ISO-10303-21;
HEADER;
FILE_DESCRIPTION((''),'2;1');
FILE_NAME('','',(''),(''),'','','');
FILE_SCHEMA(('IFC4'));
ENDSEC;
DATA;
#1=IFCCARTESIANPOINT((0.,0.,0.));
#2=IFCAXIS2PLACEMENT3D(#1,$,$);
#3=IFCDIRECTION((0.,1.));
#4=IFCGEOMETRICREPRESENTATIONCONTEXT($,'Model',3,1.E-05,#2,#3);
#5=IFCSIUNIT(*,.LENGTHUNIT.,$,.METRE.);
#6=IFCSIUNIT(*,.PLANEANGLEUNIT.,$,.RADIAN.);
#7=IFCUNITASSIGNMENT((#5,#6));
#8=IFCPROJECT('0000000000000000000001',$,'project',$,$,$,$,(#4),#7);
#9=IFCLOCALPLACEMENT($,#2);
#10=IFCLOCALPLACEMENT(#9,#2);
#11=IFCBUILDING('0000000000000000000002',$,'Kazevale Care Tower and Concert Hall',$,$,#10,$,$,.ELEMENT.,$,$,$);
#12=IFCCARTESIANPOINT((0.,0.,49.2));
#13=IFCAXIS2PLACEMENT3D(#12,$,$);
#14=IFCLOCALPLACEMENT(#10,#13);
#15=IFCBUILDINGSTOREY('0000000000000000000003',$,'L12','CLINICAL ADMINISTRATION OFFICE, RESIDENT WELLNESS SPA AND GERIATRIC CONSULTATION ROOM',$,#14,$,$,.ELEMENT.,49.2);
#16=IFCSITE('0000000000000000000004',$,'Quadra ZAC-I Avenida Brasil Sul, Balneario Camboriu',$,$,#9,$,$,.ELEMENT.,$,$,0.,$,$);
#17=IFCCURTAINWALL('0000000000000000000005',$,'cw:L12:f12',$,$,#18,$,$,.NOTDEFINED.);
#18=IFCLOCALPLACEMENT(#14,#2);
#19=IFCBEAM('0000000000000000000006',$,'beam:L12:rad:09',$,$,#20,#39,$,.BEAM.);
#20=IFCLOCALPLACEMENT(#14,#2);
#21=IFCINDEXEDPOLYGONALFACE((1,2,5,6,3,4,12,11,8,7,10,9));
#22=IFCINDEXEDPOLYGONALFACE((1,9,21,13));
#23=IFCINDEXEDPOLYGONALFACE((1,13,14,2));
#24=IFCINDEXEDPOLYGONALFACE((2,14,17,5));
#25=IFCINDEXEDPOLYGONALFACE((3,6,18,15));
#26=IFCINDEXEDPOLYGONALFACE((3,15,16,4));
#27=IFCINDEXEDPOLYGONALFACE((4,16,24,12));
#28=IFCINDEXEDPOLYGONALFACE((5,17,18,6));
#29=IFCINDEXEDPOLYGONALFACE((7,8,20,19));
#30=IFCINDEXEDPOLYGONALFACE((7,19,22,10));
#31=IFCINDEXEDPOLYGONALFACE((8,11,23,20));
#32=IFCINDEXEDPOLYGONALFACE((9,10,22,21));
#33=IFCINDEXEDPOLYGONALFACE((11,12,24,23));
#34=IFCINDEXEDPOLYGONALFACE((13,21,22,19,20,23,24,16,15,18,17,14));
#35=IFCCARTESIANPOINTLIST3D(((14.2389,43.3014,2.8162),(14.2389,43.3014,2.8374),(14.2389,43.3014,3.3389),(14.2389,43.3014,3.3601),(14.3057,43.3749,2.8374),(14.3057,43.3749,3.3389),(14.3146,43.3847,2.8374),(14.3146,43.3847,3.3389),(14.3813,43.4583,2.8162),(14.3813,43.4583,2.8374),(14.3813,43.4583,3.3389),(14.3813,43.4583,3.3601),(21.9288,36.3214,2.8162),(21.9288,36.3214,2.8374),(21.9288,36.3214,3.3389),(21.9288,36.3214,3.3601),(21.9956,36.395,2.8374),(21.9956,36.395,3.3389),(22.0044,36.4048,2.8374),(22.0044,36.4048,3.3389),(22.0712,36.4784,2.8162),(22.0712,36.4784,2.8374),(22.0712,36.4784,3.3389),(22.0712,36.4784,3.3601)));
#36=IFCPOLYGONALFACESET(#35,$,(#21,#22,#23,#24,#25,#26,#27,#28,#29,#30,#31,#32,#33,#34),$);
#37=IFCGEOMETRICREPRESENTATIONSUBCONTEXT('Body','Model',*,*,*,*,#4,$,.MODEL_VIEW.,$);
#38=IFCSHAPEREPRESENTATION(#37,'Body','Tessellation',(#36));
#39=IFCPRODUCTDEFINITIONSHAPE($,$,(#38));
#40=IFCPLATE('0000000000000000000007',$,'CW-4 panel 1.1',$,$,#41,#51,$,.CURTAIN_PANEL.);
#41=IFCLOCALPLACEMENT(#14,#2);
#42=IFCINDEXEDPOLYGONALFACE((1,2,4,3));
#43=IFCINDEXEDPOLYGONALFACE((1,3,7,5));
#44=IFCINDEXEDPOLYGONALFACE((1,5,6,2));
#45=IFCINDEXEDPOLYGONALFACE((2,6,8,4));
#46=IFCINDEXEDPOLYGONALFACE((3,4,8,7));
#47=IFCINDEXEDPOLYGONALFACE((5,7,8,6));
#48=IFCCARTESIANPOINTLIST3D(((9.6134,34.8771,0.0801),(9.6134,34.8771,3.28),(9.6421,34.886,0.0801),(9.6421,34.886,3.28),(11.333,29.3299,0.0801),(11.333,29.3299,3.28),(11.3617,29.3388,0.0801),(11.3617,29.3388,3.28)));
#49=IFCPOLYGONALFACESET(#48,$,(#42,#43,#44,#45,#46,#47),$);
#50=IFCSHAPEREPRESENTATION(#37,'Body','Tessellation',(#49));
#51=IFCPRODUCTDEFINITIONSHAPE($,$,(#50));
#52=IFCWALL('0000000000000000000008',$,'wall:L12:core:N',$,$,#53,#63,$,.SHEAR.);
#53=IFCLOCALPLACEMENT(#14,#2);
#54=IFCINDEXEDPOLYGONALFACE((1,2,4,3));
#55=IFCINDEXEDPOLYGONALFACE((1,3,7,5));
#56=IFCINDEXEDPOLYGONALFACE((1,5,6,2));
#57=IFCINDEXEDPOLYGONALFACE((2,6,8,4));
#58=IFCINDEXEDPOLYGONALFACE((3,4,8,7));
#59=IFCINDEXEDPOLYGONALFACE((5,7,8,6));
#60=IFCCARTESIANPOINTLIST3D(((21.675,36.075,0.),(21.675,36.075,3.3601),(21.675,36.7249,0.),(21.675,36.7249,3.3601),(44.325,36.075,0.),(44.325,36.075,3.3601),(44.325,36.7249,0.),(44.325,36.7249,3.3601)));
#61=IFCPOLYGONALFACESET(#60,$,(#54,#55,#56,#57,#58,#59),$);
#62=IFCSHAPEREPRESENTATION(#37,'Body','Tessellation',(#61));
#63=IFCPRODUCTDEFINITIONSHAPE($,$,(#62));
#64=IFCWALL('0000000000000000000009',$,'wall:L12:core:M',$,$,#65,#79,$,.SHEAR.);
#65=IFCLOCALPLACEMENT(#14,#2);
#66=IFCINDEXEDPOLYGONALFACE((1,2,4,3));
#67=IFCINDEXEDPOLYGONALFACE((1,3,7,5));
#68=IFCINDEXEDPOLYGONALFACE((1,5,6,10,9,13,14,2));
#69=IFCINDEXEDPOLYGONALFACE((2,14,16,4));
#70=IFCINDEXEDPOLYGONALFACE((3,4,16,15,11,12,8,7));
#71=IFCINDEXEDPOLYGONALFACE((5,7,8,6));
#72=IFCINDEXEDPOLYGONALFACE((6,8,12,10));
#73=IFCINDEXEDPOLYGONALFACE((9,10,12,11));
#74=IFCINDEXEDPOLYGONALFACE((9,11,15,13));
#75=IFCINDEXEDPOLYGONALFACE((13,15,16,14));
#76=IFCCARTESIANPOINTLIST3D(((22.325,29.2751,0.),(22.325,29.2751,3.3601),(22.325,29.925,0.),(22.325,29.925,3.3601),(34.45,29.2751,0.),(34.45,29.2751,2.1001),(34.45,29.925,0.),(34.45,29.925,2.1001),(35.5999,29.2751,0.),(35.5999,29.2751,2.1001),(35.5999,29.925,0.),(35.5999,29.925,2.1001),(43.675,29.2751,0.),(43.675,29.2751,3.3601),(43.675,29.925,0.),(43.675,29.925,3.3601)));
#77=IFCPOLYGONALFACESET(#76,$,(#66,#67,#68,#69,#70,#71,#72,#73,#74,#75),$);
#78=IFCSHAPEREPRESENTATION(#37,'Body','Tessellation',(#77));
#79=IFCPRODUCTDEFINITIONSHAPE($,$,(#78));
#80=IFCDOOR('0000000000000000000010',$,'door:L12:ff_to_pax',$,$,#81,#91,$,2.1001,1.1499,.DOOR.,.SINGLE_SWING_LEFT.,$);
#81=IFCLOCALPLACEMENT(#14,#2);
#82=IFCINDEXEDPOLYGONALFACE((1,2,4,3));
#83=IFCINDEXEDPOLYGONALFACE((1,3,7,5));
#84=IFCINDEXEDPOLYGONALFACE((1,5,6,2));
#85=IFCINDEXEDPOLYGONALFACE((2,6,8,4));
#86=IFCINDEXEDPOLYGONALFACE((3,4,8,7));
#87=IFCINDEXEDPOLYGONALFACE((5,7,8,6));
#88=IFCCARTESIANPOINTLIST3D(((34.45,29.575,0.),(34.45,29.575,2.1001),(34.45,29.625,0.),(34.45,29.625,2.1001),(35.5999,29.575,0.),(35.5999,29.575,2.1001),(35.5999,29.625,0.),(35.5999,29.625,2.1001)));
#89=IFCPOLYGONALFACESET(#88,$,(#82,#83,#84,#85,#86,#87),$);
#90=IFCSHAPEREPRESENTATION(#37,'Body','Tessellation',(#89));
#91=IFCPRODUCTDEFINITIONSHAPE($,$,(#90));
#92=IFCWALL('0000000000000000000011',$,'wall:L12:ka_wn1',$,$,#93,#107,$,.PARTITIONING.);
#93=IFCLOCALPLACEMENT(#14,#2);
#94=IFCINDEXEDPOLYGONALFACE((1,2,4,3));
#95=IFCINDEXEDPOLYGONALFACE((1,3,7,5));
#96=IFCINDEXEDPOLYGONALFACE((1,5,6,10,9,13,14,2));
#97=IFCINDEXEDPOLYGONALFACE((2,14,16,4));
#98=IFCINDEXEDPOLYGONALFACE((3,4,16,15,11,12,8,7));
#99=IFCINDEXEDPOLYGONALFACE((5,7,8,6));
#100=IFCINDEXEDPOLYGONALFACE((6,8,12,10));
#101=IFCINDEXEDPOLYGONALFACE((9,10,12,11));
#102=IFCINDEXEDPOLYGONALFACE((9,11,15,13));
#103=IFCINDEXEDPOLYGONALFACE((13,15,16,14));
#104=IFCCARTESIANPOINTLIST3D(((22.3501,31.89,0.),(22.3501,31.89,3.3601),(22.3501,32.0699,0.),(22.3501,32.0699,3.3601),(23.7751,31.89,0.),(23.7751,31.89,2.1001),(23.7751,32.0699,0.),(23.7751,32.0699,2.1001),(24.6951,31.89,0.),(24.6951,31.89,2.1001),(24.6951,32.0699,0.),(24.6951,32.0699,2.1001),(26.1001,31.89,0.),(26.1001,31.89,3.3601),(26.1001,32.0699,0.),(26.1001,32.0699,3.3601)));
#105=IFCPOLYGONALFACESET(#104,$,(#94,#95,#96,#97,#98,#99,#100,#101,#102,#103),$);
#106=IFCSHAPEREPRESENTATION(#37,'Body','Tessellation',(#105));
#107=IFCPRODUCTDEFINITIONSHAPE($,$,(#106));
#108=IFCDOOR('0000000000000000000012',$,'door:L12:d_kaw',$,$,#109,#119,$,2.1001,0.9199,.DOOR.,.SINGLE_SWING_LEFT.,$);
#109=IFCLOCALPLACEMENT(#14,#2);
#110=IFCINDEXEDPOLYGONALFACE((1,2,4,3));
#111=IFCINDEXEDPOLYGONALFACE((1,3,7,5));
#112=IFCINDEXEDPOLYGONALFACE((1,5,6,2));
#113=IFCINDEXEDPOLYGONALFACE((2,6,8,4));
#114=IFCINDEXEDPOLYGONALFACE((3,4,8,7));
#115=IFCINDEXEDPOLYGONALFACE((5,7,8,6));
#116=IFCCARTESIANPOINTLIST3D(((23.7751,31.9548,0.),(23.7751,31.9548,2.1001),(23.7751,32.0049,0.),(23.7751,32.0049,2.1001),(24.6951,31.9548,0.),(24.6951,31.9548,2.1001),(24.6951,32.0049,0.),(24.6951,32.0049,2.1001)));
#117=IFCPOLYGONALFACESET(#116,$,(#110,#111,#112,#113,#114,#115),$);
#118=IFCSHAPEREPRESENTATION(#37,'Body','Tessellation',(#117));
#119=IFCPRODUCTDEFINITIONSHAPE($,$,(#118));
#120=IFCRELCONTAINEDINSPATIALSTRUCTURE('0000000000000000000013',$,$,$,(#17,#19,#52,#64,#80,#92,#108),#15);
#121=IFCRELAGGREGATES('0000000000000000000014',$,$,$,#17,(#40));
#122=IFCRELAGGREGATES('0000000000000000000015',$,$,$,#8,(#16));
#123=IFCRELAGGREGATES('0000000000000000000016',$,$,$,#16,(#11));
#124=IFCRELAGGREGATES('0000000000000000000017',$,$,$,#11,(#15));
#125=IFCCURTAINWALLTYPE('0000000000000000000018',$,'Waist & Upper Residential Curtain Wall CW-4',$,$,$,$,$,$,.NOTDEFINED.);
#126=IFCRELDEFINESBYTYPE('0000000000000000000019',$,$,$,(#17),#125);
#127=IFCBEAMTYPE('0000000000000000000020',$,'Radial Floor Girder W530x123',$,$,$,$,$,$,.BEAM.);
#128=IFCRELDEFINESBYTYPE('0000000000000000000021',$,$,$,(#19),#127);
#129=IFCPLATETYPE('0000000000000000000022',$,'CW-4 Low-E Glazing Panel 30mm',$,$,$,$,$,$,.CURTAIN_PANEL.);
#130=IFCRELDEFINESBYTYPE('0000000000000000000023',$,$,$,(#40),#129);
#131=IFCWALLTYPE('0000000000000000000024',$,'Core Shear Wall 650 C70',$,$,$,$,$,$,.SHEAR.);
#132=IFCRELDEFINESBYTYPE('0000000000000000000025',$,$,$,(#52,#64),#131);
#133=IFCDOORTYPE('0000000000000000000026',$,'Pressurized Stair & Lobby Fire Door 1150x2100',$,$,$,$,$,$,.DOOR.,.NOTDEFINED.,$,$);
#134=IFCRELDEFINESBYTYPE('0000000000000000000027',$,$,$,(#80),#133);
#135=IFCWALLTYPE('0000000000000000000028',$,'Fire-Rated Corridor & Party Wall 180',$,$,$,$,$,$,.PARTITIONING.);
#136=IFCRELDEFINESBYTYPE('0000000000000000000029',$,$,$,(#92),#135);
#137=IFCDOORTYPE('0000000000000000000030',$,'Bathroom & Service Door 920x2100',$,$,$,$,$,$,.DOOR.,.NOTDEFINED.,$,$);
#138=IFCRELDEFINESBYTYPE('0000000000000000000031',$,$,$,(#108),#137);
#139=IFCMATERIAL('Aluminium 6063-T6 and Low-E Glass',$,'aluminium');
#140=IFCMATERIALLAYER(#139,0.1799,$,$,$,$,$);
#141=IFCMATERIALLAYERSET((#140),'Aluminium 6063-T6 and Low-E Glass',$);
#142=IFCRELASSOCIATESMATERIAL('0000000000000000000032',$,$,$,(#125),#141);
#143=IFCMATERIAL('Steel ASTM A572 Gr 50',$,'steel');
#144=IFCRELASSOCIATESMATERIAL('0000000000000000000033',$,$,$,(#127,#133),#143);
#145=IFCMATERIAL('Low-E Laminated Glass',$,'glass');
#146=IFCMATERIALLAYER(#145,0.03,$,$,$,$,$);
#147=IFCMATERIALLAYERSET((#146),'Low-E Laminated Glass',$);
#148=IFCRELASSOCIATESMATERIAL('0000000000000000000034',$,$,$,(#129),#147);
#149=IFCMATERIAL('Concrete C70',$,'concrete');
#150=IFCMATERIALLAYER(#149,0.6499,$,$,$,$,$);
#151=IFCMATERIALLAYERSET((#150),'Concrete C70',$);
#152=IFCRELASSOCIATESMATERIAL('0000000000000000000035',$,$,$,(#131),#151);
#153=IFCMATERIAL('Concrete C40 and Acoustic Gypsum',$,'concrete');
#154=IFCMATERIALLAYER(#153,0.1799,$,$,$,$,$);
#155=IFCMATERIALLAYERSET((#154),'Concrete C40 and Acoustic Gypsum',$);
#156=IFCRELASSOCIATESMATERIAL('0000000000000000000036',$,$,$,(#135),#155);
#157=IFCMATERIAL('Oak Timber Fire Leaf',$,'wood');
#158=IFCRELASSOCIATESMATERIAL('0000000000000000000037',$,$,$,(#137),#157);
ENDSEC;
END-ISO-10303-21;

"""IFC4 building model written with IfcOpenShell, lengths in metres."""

from ifc_helpers import new_model, si_unit, direction, frame, frame_2d, origin, origin_2d, place, context, subcontext, project, spatial, rectangle, i_section, extrude, material, layer, layer_set, material_profile, profile_set, type_object, element, fill, aggregate, save


model = new_model("IFC4")

# Units and contexts
model_context = context("Model", 3, precision=1e-05, world=origin(), true_north=direction((0.0, 1.0)))
body_context = subcontext(model_context, "Body", "Model", "MODEL_VIEW")
ifc_project = project(units=[si_unit("LENGTHUNIT", "METRE"), si_unit("PLANEANGLEUNIT", "RADIAN")], contexts=[model_context])

# Site, building, storey
site_placement = place(None, origin())
site = spatial("IfcSite", under=ifc_project, at=site_placement, Name="Quadra ZAC-I Avenida Brasil Sul, Balneario Camboriu", CompositionType="ELEMENT", RefElevation=0.0)
building_placement = place(site_placement, origin())
building = spatial("IfcBuilding", under=site, at=building_placement, Name="Kazevale Care Tower and Concert Hall", CompositionType="ELEMENT")
storey_placement = place(building_placement, frame((0.0, 0.0, 49.2)))
storey = spatial("IfcBuildingStorey", under=building, at=storey_placement, Name="L12", Description="CLINICAL ADMINISTRATION OFFICE, RESIDENT WELLNESS SPA AND GERIATRIC CONSULTATION ROOM", CompositionType="ELEMENT", Elevation=49.2)

# Shared definitions
ifc_material_1 = material(Name="Concrete C70", Category="concrete")

# Curtain wall
ifc_material_2 = material(Name="Aluminium 6063-T6 and Low-E Glass", Category="aluminium")
ifc_layer_1 = layer(ifc_material_2, 0.1799)
ifc_layer_set_1 = layer_set([ifc_layer_1], Name="Aluminium 6063-T6 and Low-E Glass")
curtain_wall_type = type_object("IfcCurtainWallType", Name="Waist & Upper Residential Curtain Wall CW-4", PredefinedType="NOTDEFINED", material=ifc_layer_set_1)
curtain_wall_1_placement = place(storey_placement, origin())
curtain_wall_1 = element("IfcCurtainWall", 1, at=curtain_wall_1_placement, inside=storey, type_object=curtain_wall_type, Name="cw:L12:f12", PredefinedType="NOTDEFINED")

# Beam
ifc_material_3 = material(Name="Steel ASTM A572 Gr 50", Category="steel")
ifc_material_profile_1 = material_profile(ifc_material_3, i_section(OverallWidth=0.2119, OverallDepth=0.5439, WebThickness=0.0132, FlangeThickness=0.0212, at=origin_2d()), Name="W530x123")
ifc_profile_set_1 = profile_set([ifc_material_profile_1], Name="Steel ASTM A572 Gr 50")
beam_type_1 = type_object("IfcBeamType", Name="Radial Floor Girder W530x123", PredefinedType="BEAM", material=ifc_profile_set_1)
beam_1_placement = place(storey_placement, frame((22.0, 36.3999, 3.0881), z_axis=(-0.740461, 0.672099, 0.0), x_axis=(-0.672099, -0.740461, 0.0)))
element("IfcBeam", 2, at=beam_1_placement, inside=storey, type_object=beam_type_1, Name="beam:L12:rad:09", PredefinedType="BEAM", context=body_context, shape_type="SweptSolid", body=[
    extrude(i_section(OverallWidth=0.2119, OverallDepth=0.5439, WebThickness=0.0132, FlangeThickness=0.0212, at=origin_2d()), origin(), (0.0, 0.0, 1.0), 10.3853),
])

# Plate
ifc_material_4 = material(Name="Low-E Laminated Glass", Category="glass")
ifc_layer_2 = layer(ifc_material_4, 0.03)
ifc_layer_set_2 = layer_set([ifc_layer_2], Name="Low-E Laminated Glass")
plate_type = type_object("IfcPlateType", Name="CW-4 Low-E Glazing Panel 30mm", PredefinedType="CURTAIN_PANEL", material=ifc_layer_set_2)
plate_placement = place(storey_placement, frame((10.4875, 32.1079, 0.0801), z_axis=(0.0, 0.0, 1.0), x_axis=(-0.296099, 0.955157, 0.0)))
plate = element("IfcPlate", 3, at=plate_placement, type_object=plate_type, Name="CW-4 panel 1.1", PredefinedType="CURTAIN_PANEL", context=body_context, shape_type="SweptSolid", body=[
    extrude(rectangle(XDim=5.8076, YDim=0.03, at=origin_2d()), origin(), (0.0, 0.0, 1.0), 3.2),
])
aggregate(curtain_wall_1, [plate])

# Wall
ifc_layer_3 = layer(ifc_material_1, 0.6499)
ifc_layer_set_3 = layer_set([ifc_layer_3], Name="Concrete C70")
wall_type_1 = type_object("IfcWallType", Name="Core Shear Wall 650 C70", PredefinedType="SHEAR", material=ifc_layer_set_3)
wall_1_placement = place(storey_placement, frame((21.675, 36.3999, 0.0), z_axis=(0.0, 0.0, 1.0), x_axis=(1.0, 0.0, 0.0)))
element("IfcWall", 4, at=wall_1_placement, inside=storey, type_object=wall_type_1, Name="wall:L12:core:N", PredefinedType="SHEAR", context=body_context, shape_type="SweptSolid", body=[
    extrude(rectangle(XDim=22.6499, YDim=0.6499, at=frame_2d((11.325, 0.0))), origin(), (0.0, 0.0, 1.0), 3.3601),
])

# Walls, openings, doors
wall_2_placement = place(storey_placement, frame((22.325, 29.6001, 0.0), z_axis=(0.0, 0.0, 1.0), x_axis=(1.0, 0.0, 0.0)))
wall_2 = element("IfcWall", 5, at=wall_2_placement, inside=storey, type_object=wall_type_1, Name="wall:L12:core:M", PredefinedType="SHEAR", context=body_context, shape_type="SweptSolid", body=[
    extrude(rectangle(XDim=21.3501, YDim=0.6499, at=frame_2d((10.675, 0.0))), origin(), (0.0, 0.0, 1.0), 3.3601),
])
opening_1_placement = place(wall_2_placement, frame((12.125, 0.0, 0.0)))
opening_1 = element("IfcOpeningElement", 6, at=opening_1_placement, cuts=wall_2, PredefinedType="OPENING", context=body_context, shape_type="SweptSolid", body=[
    extrude(rectangle(XDim=1.1499, YDim=2.1001, at=frame_2d((0.575, 1.05))), frame((0.0, 0.335, 0.0), z_axis=(0.0, -1.0, 0.0), x_axis=(1.0, 0.0, 0.0)), (0.0, 0.0, 1.0), 0.6699),
])
door_type_1 = type_object("IfcDoorType", Name="Pressurized Stair & Lobby Fire Door 1150x2100", OperationType="NOTDEFINED", PredefinedType="DOOR", material=ifc_material_3)
door_1_placement = place(opening_1_placement, origin())
door_1 = element("IfcDoor", 7, at=door_1_placement, inside=storey, type_object=door_type_1, Name="door:L12:ff_to_pax", OperationType="SINGLE_SWING_LEFT", OverallHeight=2.1001, OverallWidth=1.1499, PredefinedType="DOOR", context=body_context, shape_type="SweptSolid", body=[
    extrude(rectangle(XDim=1.1499, YDim=2.1001, at=frame_2d((0.575, 1.05))), frame((0.0, 0.0249, 0.0), z_axis=(0.0, -1.0, 0.0), x_axis=(1.0, 0.0, 0.0)), (0.0, 0.0, 1.0), 0.05),
])
fill(opening_1, door_1)
ifc_material_5 = material(Name="Concrete C40 and Acoustic Gypsum", Category="concrete")
ifc_layer_4 = layer(ifc_material_5, 0.1799)
ifc_layer_set_4 = layer_set([ifc_layer_4], Name="Concrete C40 and Acoustic Gypsum")
wall_type_2 = type_object("IfcWallType", Name="Fire-Rated Corridor & Party Wall 180", PredefinedType="PARTITIONING", material=ifc_layer_set_4)
wall_3_placement = place(storey_placement, frame((22.3501, 31.98, 0.0), z_axis=(0.0, 0.0, 1.0), x_axis=(1.0, 0.0, 0.0)))
wall_3 = element("IfcWall", 8, at=wall_3_placement, inside=storey, type_object=wall_type_2, Name="wall:L12:ka_wn1", PredefinedType="PARTITIONING", context=body_context, shape_type="SweptSolid", body=[
    extrude(rectangle(XDim=3.75, YDim=0.1799, at=frame_2d((1.875, 0.0))), origin(), (0.0, 0.0, 1.0), 3.3601),
])
opening_2_placement = place(wall_3_placement, frame((1.425, 0.0, 0.0)))
opening_2 = element("IfcOpeningElement", 9, at=opening_2_placement, cuts=wall_3, PredefinedType="OPENING", context=body_context, shape_type="SweptSolid", body=[
    extrude(rectangle(XDim=0.9199, YDim=2.1001, at=frame_2d((0.46, 1.05))), frame((0.0, 0.0999, 0.0), z_axis=(0.0, -1.0, 0.0), x_axis=(1.0, 0.0, 0.0)), (0.0, 0.0, 1.0), 0.2),
])
ifc_material_6 = material(Name="Oak Timber Fire Leaf", Category="wood")
door_type_2 = type_object("IfcDoorType", Name="Bathroom & Service Door 920x2100", OperationType="NOTDEFINED", PredefinedType="DOOR", material=ifc_material_6)
door_2_placement = place(opening_2_placement, origin())
door_2 = element("IfcDoor", 10, at=door_2_placement, inside=storey, type_object=door_type_2, Name="door:L12:d_kaw", OperationType="SINGLE_SWING_LEFT", OverallHeight=2.1001, OverallWidth=0.9199, PredefinedType="DOOR", context=body_context, shape_type="SweptSolid", body=[
    extrude(rectangle(XDim=0.9199, YDim=2.1001, at=frame_2d((0.46, 1.05))), frame((0.0, 0.0249, 0.0), z_axis=(0.0, -1.0, 0.0), x_axis=(1.0, 0.0, 0.0)), (0.0, 0.0, 1.0), 0.05),
])
fill(opening_2, door_2)

save(model, "model.ifc")
